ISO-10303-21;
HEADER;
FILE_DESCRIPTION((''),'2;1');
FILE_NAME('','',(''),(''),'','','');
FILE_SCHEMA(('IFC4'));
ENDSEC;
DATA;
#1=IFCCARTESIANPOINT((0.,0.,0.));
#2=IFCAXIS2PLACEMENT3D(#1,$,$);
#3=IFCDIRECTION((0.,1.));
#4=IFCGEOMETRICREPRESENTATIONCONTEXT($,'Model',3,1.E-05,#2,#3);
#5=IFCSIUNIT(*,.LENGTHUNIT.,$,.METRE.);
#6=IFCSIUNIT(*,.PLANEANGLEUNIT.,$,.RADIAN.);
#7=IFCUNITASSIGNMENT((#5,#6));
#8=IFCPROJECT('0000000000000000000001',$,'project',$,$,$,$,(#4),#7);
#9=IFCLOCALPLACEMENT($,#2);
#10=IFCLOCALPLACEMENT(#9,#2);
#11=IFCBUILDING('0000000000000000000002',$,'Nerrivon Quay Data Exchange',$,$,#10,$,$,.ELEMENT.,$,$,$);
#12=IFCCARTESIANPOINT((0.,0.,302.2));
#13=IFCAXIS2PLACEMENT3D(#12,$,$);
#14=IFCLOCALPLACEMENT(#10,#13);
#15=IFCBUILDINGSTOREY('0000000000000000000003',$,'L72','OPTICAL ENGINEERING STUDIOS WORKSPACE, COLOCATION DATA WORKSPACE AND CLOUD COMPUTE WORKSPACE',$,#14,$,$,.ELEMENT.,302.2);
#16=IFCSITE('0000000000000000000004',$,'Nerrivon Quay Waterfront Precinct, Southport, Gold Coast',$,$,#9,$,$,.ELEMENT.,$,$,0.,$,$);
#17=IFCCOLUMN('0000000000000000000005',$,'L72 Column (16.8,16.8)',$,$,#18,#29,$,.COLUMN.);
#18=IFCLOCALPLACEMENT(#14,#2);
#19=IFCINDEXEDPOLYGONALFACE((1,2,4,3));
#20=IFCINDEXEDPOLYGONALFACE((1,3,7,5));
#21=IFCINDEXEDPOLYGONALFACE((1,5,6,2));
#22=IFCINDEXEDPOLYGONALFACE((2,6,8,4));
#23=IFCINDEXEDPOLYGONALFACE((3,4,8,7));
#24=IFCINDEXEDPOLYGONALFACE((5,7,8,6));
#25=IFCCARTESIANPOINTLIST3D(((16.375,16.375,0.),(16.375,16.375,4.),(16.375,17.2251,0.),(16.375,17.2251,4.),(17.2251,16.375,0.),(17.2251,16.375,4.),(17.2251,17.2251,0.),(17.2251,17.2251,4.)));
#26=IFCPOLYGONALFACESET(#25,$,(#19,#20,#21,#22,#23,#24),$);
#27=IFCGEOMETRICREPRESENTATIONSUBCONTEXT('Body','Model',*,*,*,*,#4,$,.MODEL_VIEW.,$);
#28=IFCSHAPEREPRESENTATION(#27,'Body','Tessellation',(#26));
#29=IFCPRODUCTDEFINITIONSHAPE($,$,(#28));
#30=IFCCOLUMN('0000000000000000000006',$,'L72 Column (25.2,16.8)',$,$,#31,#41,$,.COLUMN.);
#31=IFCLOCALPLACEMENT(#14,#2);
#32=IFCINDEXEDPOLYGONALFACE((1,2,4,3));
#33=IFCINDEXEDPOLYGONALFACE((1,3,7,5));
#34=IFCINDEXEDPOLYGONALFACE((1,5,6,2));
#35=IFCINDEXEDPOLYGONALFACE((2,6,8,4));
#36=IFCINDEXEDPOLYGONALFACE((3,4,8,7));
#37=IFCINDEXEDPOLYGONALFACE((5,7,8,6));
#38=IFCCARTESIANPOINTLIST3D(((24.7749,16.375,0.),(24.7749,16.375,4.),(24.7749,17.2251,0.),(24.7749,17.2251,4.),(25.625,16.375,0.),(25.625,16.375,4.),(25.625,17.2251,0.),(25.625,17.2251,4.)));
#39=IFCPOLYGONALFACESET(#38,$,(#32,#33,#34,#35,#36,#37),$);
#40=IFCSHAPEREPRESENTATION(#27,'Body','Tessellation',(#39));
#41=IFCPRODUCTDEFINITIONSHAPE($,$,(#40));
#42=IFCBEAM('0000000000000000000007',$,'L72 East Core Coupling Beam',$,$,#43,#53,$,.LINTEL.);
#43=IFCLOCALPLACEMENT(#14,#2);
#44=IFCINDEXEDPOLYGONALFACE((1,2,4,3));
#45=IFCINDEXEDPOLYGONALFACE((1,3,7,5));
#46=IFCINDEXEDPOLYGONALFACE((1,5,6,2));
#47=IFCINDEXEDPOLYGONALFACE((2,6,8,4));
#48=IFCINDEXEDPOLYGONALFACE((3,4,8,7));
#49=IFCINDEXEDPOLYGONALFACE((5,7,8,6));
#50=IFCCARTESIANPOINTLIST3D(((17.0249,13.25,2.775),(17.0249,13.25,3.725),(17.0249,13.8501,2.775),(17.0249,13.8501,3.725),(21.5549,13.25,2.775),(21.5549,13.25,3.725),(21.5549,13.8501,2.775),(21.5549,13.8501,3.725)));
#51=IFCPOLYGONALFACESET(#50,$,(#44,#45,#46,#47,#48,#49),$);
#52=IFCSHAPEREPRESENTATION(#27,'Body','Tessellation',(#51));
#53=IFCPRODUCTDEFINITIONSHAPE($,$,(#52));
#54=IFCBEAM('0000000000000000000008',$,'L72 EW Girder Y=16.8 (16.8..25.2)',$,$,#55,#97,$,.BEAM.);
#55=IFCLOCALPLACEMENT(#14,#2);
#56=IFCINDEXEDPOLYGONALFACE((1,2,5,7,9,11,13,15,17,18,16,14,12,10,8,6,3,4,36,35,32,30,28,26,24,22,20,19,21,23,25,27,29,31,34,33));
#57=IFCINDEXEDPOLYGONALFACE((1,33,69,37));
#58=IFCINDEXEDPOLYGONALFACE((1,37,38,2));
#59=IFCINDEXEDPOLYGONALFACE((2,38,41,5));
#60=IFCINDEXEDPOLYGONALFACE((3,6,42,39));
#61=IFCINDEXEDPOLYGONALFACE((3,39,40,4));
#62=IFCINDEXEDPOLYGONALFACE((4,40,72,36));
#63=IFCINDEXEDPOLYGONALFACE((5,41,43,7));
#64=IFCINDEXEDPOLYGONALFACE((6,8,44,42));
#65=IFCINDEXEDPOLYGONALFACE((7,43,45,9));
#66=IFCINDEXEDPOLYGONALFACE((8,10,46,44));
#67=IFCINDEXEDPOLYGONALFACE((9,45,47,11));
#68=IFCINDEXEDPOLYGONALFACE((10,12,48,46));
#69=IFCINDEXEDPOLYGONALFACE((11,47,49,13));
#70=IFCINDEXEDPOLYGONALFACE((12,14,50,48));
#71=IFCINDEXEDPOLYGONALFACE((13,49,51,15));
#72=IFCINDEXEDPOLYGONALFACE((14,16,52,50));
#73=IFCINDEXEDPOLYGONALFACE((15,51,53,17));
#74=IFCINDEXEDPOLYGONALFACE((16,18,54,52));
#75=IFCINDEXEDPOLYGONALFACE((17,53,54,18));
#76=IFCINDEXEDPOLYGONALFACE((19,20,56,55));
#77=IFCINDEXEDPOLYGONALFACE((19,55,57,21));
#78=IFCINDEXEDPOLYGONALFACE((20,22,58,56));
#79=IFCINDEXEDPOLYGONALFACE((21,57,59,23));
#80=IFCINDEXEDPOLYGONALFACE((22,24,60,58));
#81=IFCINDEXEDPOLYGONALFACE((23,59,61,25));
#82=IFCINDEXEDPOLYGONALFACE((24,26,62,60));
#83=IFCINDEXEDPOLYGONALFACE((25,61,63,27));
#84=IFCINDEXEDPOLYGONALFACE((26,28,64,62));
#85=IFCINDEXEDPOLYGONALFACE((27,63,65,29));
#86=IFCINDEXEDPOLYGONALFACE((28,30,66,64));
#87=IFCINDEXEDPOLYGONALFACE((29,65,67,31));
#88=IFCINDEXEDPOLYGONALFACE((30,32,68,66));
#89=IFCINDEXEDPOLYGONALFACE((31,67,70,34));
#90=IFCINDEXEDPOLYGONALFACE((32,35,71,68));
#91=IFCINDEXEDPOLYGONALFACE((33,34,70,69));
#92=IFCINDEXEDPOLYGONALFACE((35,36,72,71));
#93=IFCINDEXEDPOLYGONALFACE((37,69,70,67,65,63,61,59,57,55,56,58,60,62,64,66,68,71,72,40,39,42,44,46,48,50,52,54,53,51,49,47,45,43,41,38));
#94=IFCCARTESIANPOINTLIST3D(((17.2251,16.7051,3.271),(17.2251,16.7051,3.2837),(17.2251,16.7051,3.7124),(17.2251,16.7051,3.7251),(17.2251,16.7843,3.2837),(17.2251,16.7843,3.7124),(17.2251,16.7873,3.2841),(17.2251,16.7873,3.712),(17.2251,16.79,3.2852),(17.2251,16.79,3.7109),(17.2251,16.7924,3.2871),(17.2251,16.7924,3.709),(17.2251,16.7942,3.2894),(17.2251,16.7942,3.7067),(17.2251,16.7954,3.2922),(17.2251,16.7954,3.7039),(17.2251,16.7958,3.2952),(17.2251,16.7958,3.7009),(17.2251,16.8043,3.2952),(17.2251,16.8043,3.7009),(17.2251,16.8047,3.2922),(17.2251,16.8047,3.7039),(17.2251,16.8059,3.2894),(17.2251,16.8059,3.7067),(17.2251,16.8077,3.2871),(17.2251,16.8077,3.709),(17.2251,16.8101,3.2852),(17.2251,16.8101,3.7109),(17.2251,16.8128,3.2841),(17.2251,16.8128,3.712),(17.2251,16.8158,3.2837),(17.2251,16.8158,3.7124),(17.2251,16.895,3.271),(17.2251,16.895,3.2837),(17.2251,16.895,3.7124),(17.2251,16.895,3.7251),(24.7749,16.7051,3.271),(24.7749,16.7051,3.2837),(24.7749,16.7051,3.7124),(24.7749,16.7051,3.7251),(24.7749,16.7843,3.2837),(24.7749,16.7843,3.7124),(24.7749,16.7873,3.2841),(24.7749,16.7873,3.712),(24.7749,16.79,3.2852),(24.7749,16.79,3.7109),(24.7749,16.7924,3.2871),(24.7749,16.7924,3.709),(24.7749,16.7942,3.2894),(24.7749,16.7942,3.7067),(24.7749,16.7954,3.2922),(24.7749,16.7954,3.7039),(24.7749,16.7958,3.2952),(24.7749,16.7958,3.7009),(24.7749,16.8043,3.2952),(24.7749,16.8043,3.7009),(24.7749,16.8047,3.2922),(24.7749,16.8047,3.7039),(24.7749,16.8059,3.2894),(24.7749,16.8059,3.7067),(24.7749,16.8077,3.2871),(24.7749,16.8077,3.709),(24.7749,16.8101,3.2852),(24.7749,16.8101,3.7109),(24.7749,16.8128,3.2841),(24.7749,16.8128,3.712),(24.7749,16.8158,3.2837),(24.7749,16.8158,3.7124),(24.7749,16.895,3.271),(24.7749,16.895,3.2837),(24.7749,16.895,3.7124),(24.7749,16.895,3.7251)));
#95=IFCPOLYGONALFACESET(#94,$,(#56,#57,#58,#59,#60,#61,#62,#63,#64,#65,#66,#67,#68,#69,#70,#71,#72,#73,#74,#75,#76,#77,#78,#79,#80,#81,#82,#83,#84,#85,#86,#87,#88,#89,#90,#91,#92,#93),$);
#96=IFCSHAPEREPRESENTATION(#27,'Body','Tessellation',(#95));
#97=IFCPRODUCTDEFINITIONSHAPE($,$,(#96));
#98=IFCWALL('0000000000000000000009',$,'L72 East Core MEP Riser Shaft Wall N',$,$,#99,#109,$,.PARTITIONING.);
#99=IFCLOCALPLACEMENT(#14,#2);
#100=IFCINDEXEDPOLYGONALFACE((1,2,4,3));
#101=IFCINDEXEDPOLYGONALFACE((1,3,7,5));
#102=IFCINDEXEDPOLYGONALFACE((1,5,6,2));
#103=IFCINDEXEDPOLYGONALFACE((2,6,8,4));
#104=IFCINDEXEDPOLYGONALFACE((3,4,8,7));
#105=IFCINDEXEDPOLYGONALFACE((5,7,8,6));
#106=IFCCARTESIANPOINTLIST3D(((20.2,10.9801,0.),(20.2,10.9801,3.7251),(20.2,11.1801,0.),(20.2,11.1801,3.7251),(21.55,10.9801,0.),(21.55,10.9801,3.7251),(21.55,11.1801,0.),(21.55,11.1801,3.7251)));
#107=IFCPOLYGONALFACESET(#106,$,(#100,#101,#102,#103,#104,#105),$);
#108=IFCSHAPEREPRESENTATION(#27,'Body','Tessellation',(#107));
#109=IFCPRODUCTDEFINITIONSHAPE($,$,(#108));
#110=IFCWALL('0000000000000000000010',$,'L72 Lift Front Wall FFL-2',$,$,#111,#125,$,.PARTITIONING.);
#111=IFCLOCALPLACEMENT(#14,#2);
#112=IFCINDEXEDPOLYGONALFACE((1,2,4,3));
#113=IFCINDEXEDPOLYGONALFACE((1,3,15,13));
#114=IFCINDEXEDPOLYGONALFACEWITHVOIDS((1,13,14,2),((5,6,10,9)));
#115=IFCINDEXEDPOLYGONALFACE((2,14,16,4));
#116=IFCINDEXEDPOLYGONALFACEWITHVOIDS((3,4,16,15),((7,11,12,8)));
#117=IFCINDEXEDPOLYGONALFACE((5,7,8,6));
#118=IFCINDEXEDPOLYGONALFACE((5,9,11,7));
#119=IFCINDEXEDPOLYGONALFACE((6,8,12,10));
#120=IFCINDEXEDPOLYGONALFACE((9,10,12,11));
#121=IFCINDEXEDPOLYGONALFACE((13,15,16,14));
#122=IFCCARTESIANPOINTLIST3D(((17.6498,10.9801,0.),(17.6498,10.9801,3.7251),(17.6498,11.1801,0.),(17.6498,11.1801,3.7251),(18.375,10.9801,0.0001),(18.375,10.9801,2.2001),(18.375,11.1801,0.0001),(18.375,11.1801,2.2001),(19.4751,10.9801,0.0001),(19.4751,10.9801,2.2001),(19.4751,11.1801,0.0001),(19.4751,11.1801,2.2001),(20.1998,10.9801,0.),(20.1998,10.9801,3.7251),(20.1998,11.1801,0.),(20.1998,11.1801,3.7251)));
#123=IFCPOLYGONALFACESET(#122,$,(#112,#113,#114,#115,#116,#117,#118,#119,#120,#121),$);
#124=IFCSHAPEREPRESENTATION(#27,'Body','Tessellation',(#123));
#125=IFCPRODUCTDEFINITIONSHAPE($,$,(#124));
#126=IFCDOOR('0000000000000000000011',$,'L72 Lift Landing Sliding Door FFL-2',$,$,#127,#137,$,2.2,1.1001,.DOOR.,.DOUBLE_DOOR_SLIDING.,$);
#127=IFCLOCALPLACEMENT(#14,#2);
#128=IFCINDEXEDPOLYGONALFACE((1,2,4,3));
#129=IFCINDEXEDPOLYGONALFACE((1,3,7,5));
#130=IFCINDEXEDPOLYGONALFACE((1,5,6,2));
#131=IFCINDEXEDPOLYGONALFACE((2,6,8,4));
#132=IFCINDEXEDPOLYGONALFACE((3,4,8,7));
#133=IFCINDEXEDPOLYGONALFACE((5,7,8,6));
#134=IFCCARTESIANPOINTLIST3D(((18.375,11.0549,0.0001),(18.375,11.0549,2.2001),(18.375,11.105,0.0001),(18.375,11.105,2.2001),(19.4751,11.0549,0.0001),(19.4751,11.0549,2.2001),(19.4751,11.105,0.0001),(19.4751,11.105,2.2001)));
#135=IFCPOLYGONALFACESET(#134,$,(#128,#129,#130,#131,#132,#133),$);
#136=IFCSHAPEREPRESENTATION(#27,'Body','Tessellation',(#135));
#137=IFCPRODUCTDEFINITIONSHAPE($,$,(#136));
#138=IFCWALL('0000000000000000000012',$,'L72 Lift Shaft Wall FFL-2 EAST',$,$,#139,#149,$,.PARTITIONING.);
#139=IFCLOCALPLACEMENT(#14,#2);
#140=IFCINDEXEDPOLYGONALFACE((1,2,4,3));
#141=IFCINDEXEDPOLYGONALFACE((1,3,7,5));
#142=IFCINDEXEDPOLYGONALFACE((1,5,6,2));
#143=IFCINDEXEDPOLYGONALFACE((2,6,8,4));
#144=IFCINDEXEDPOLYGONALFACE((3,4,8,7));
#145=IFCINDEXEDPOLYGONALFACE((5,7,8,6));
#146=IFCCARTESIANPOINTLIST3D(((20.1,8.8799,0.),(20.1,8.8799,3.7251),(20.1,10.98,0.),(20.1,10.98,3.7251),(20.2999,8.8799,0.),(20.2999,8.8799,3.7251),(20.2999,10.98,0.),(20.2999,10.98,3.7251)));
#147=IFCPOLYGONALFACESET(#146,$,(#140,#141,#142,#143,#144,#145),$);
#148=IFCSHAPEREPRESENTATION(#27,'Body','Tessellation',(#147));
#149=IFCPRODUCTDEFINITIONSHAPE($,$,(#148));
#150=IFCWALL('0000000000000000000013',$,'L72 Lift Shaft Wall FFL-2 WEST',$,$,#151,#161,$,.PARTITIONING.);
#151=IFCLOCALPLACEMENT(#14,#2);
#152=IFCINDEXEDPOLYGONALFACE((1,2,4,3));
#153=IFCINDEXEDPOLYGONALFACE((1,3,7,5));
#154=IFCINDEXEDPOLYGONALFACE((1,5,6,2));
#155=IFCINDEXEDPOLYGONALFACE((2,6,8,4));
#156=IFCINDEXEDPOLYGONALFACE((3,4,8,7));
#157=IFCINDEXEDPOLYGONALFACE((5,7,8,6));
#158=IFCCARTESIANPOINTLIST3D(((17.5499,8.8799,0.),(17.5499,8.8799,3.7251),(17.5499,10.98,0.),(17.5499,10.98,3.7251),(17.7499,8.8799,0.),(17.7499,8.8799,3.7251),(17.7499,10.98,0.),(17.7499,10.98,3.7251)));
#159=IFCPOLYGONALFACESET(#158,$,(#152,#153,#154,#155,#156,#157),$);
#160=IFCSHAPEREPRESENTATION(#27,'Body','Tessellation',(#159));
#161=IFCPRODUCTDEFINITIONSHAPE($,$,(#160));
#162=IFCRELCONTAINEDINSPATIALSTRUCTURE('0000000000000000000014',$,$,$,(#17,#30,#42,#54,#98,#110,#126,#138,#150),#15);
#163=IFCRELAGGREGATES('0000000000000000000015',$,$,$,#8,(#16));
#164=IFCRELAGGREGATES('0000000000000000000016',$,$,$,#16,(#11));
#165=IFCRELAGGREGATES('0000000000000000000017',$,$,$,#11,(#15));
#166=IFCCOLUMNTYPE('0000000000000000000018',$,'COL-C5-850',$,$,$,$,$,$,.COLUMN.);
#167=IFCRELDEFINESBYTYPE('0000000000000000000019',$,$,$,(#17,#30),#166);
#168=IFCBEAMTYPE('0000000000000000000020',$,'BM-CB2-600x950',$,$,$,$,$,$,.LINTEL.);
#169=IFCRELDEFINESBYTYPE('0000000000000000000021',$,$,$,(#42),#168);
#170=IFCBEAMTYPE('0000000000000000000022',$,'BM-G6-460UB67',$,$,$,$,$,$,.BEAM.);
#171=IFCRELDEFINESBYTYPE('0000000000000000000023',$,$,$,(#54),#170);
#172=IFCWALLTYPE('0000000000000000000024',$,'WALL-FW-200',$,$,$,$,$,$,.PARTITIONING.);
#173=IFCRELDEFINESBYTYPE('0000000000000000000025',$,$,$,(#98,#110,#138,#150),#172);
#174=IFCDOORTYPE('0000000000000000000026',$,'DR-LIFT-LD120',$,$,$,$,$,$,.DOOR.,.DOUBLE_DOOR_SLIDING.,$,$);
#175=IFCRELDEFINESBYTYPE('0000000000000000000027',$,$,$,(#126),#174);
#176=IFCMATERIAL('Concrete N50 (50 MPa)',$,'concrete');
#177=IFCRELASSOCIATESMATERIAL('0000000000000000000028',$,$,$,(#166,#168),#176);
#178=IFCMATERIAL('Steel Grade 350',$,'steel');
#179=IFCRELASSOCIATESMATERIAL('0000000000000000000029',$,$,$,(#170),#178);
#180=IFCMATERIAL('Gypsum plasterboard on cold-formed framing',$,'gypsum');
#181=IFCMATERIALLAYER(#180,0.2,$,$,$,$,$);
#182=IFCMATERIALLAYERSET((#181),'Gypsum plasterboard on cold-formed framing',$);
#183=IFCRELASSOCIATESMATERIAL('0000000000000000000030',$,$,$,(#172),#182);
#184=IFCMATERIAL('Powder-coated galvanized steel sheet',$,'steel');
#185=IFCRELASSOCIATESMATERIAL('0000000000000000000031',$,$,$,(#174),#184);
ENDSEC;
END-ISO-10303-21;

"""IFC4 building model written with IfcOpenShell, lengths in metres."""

from ifc_helpers import new_model, si_unit, direction, frame, frame_2d, origin, origin_2d, place, context, subcontext, project, spatial, rectangle, i_section, extrude, material, layer, layer_set, material_profile, profile_set, type_object, element, fill, save


model = new_model("IFC4")

# Units and contexts
model_context = context("Model", 3, precision=1e-05, world=origin(), true_north=direction((0.0, 1.0)))
body_context = subcontext(model_context, "Body", "Model", "MODEL_VIEW")
ifc_project = project(units=[si_unit("LENGTHUNIT", "METRE"), si_unit("PLANEANGLEUNIT", "RADIAN")], contexts=[model_context])

# Site, building, storey
site_placement = place(None, origin())
site = spatial("IfcSite", under=ifc_project, at=site_placement, Name="Nerrivon Quay Waterfront Precinct, Southport, Gold Coast", CompositionType="ELEMENT", RefElevation=0.0)
building_placement = place(site_placement, origin())
building = spatial("IfcBuilding", under=site, at=building_placement, Name="Nerrivon Quay Data Exchange", CompositionType="ELEMENT")
storey_placement = place(building_placement, frame((0.0, 0.0, 302.2)))
storey = spatial("IfcBuildingStorey", under=building, at=storey_placement, Name="L72", Description="OPTICAL ENGINEERING STUDIOS WORKSPACE, COLOCATION DATA WORKSPACE AND CLOUD COMPUTE WORKSPACE", CompositionType="ELEMENT", Elevation=302.2)

# Columns
ifc_material_1 = material(Name="Concrete N50 (50 MPa)", Category="concrete")
ifc_material_profile_1 = material_profile(ifc_material_1, rectangle(XDim=0.8501, YDim=0.8501, at=origin_2d()), Name="RC-COL-850x850")
ifc_profile_set_1 = profile_set([ifc_material_profile_1], Name="Concrete N50 (50 MPa)")
column_type = type_object("IfcColumnType", Name="COL-C5-850", PredefinedType="COLUMN", material=ifc_profile_set_1)
for number, where, z_axis, x_axis, name in (
    (1, (16.8, 16.8, 0.0), (0.0, 0.0, 1.0), (1.0, 0.0, 0.0), "L72 Column (16.8,16.8)"),
    (2, (25.2, 16.8, 0.0), (0.0, 0.0, 1.0), (1.0, 0.0, 0.0), "L72 Column (25.2,16.8)"),
):
    element("IfcColumn", number, at=place(storey_placement, frame(where, z_axis=z_axis, x_axis=x_axis)), inside=storey, type_object=column_type, Name=name, PredefinedType="COLUMN", context=body_context, shape_type="SweptSolid", body=[
        extrude(rectangle(XDim=0.8501, YDim=0.8501, at=origin_2d()), origin(), (0.0, 0.0, 1.0), 4.0),
    ])

# Beams
ifc_material_profile_2 = material_profile(ifc_material_1, rectangle(XDim=0.6001, YDim=0.95, at=origin_2d()), Name="RC-CB-600x950")
ifc_profile_set_2 = profile_set([ifc_material_profile_2], Name="Concrete N50 (50 MPa)")
beam_type_1 = type_object("IfcBeamType", Name="BM-CB2-600x950", PredefinedType="LINTEL", material=ifc_profile_set_2)
beam_1_placement = place(storey_placement, frame((17.0249, 13.55, 3.25), z_axis=(1.0, 0.0, 0.0), x_axis=(0.0, 1.0, 0.0)))
element("IfcBeam", 3, at=beam_1_placement, inside=storey, type_object=beam_type_1, Name="L72 East Core Coupling Beam", PredefinedType="LINTEL", context=body_context, shape_type="SweptSolid", body=[
    extrude(rectangle(XDim=0.6001, YDim=0.95, at=origin_2d()), origin(), (0.0, 0.0, 1.0), 4.53),
])
ifc_material_2 = material(Name="Steel Grade 350", Category="steel")
ifc_material_profile_3 = material_profile(ifc_material_2, i_section(OverallWidth=0.1899, OverallDepth=0.4541, WebThickness=0.0085, FlangeThickness=0.0127, FilletRadius=0.0115, at=origin_2d()), Name="460UB67.1")
ifc_profile_set_3 = profile_set([ifc_material_profile_3], Name="Steel Grade 350")
beam_type_2 = type_object("IfcBeamType", Name="BM-G6-460UB67", PredefinedType="BEAM", material=ifc_profile_set_3)
beam_2_placement = place(storey_placement, frame((17.2251, 16.8, 3.498), z_axis=(1.0, 0.0, 0.0), x_axis=(0.0, 1.0, 0.0)))
element("IfcBeam", 4, at=beam_2_placement, inside=storey, type_object=beam_type_2, Name="L72 EW Girder Y=16.8 (16.8..25.2)", PredefinedType="BEAM", context=body_context, shape_type="SweptSolid", body=[
    extrude(i_section(OverallWidth=0.1899, OverallDepth=0.4541, WebThickness=0.0085, FlangeThickness=0.0127, FilletRadius=0.0115, at=origin_2d()), origin(), (0.0, 0.0, 1.0), 7.5498),
])

# Shared definitions
ifc_material_3 = material(Name="Powder-coated galvanized steel sheet", Category="steel")

# Wall
ifc_material_4 = material(Name="Gypsum plasterboard on cold-formed framing", Category="gypsum")
ifc_layer_1 = layer(ifc_material_4, 0.2)
ifc_layer_set_1 = layer_set([ifc_layer_1], Name="Gypsum plasterboard on cold-formed framing")
wall_type_1 = type_object("IfcWallType", Name="WALL-FW-200", PredefinedType="PARTITIONING", material=ifc_layer_set_1)
wall_1_placement = place(storey_placement, frame((20.2, 11.0801, 0.0), z_axis=(0.0, 0.0, 1.0), x_axis=(1.0, 0.0, 0.0)))
element("IfcWall", 5, at=wall_1_placement, inside=storey, type_object=wall_type_1, Name="L72 East Core MEP Riser Shaft Wall N", PredefinedType="PARTITIONING", context=body_context, shape_type="SweptSolid", body=[
    extrude(rectangle(XDim=1.3501, YDim=0.2, at=frame_2d((0.675, 0.0))), origin(), (0.0, 0.0, 1.0), 3.7251),
])

# Wall, opening, door
wall_2_placement = place(storey_placement, frame((17.6499, 11.0801, 0.0), z_axis=(0.0, 0.0, 1.0), x_axis=(1.0, 0.0, 0.0)))
wall_2 = element("IfcWall", 6, at=wall_2_placement, inside=storey, type_object=wall_type_1, Name="L72 Lift Front Wall FFL-2", PredefinedType="PARTITIONING", context=body_context, shape_type="SweptSolid", body=[
    extrude(rectangle(XDim=2.55, YDim=0.2, at=frame_2d((1.2749, 0.0))), origin(), (0.0, 0.0, 1.0), 3.7251),
])
opening_1_placement = place(wall_2_placement, frame((0.7251, 0.0, 0.0)))
opening_1 = element("IfcOpeningElement", 7, at=opening_1_placement, cuts=wall_2, PredefinedType="OPENING", context=body_context, shape_type="SweptSolid", body=[
    extrude(rectangle(XDim=1.1001, YDim=2.2, at=frame_2d((0.55, 1.1001))), frame((0.0, 0.1099, 0.0), z_axis=(0.0, -1.0, 0.0), x_axis=(1.0, 0.0, 0.0)), (0.0, 0.0, 1.0), 0.22),
])
door_type_1 = type_object("IfcDoorType", Name="DR-LIFT-LD120", OperationType="DOUBLE_DOOR_SLIDING", PredefinedType="DOOR", material=ifc_material_3)
door_1_placement = place(opening_1_placement, origin())
door_1 = element("IfcDoor", 8, at=door_1_placement, inside=storey, type_object=door_type_1, Name="L72 Lift Landing Sliding Door FFL-2", OperationType="DOUBLE_DOOR_SLIDING", OverallHeight=2.2, OverallWidth=1.1001, PredefinedType="DOOR", context=body_context, shape_type="SweptSolid", body=[
    extrude(rectangle(XDim=1.1001, YDim=2.2, at=frame_2d((0.55, 1.1001))), frame((0.0, 0.0249, 0.0), z_axis=(0.0, -1.0, 0.0), x_axis=(1.0, 0.0, 0.0)), (0.0, 0.0, 1.0), 0.05),
])
fill(opening_1, door_1)

# Walls
for number, where, z_axis, x_axis, name in (
    (9, (20.2, 8.8799, 0.0), (0.0, 0.0, 1.0), (0.0, 1.0, 0.0), "L72 Lift Shaft Wall FFL-2 EAST"),
    (10, (17.6499, 8.8799, 0.0), (0.0, 0.0, 1.0), (0.0, 1.0, 0.0), "L72 Lift Shaft Wall FFL-2 WEST"),
):
    element("IfcWall", number, at=place(storey_placement, frame(where, z_axis=z_axis, x_axis=x_axis)), inside=storey, type_object=wall_type_1, Name=name, PredefinedType="PARTITIONING", context=body_context, shape_type="SweptSolid", body=[
        extrude(rectangle(XDim=2.1001, YDim=0.2, at=frame_2d((1.05, 0.0))), origin(), (0.0, 0.0, 1.0), 3.7251),
    ])

save(model, "model.ifc")
